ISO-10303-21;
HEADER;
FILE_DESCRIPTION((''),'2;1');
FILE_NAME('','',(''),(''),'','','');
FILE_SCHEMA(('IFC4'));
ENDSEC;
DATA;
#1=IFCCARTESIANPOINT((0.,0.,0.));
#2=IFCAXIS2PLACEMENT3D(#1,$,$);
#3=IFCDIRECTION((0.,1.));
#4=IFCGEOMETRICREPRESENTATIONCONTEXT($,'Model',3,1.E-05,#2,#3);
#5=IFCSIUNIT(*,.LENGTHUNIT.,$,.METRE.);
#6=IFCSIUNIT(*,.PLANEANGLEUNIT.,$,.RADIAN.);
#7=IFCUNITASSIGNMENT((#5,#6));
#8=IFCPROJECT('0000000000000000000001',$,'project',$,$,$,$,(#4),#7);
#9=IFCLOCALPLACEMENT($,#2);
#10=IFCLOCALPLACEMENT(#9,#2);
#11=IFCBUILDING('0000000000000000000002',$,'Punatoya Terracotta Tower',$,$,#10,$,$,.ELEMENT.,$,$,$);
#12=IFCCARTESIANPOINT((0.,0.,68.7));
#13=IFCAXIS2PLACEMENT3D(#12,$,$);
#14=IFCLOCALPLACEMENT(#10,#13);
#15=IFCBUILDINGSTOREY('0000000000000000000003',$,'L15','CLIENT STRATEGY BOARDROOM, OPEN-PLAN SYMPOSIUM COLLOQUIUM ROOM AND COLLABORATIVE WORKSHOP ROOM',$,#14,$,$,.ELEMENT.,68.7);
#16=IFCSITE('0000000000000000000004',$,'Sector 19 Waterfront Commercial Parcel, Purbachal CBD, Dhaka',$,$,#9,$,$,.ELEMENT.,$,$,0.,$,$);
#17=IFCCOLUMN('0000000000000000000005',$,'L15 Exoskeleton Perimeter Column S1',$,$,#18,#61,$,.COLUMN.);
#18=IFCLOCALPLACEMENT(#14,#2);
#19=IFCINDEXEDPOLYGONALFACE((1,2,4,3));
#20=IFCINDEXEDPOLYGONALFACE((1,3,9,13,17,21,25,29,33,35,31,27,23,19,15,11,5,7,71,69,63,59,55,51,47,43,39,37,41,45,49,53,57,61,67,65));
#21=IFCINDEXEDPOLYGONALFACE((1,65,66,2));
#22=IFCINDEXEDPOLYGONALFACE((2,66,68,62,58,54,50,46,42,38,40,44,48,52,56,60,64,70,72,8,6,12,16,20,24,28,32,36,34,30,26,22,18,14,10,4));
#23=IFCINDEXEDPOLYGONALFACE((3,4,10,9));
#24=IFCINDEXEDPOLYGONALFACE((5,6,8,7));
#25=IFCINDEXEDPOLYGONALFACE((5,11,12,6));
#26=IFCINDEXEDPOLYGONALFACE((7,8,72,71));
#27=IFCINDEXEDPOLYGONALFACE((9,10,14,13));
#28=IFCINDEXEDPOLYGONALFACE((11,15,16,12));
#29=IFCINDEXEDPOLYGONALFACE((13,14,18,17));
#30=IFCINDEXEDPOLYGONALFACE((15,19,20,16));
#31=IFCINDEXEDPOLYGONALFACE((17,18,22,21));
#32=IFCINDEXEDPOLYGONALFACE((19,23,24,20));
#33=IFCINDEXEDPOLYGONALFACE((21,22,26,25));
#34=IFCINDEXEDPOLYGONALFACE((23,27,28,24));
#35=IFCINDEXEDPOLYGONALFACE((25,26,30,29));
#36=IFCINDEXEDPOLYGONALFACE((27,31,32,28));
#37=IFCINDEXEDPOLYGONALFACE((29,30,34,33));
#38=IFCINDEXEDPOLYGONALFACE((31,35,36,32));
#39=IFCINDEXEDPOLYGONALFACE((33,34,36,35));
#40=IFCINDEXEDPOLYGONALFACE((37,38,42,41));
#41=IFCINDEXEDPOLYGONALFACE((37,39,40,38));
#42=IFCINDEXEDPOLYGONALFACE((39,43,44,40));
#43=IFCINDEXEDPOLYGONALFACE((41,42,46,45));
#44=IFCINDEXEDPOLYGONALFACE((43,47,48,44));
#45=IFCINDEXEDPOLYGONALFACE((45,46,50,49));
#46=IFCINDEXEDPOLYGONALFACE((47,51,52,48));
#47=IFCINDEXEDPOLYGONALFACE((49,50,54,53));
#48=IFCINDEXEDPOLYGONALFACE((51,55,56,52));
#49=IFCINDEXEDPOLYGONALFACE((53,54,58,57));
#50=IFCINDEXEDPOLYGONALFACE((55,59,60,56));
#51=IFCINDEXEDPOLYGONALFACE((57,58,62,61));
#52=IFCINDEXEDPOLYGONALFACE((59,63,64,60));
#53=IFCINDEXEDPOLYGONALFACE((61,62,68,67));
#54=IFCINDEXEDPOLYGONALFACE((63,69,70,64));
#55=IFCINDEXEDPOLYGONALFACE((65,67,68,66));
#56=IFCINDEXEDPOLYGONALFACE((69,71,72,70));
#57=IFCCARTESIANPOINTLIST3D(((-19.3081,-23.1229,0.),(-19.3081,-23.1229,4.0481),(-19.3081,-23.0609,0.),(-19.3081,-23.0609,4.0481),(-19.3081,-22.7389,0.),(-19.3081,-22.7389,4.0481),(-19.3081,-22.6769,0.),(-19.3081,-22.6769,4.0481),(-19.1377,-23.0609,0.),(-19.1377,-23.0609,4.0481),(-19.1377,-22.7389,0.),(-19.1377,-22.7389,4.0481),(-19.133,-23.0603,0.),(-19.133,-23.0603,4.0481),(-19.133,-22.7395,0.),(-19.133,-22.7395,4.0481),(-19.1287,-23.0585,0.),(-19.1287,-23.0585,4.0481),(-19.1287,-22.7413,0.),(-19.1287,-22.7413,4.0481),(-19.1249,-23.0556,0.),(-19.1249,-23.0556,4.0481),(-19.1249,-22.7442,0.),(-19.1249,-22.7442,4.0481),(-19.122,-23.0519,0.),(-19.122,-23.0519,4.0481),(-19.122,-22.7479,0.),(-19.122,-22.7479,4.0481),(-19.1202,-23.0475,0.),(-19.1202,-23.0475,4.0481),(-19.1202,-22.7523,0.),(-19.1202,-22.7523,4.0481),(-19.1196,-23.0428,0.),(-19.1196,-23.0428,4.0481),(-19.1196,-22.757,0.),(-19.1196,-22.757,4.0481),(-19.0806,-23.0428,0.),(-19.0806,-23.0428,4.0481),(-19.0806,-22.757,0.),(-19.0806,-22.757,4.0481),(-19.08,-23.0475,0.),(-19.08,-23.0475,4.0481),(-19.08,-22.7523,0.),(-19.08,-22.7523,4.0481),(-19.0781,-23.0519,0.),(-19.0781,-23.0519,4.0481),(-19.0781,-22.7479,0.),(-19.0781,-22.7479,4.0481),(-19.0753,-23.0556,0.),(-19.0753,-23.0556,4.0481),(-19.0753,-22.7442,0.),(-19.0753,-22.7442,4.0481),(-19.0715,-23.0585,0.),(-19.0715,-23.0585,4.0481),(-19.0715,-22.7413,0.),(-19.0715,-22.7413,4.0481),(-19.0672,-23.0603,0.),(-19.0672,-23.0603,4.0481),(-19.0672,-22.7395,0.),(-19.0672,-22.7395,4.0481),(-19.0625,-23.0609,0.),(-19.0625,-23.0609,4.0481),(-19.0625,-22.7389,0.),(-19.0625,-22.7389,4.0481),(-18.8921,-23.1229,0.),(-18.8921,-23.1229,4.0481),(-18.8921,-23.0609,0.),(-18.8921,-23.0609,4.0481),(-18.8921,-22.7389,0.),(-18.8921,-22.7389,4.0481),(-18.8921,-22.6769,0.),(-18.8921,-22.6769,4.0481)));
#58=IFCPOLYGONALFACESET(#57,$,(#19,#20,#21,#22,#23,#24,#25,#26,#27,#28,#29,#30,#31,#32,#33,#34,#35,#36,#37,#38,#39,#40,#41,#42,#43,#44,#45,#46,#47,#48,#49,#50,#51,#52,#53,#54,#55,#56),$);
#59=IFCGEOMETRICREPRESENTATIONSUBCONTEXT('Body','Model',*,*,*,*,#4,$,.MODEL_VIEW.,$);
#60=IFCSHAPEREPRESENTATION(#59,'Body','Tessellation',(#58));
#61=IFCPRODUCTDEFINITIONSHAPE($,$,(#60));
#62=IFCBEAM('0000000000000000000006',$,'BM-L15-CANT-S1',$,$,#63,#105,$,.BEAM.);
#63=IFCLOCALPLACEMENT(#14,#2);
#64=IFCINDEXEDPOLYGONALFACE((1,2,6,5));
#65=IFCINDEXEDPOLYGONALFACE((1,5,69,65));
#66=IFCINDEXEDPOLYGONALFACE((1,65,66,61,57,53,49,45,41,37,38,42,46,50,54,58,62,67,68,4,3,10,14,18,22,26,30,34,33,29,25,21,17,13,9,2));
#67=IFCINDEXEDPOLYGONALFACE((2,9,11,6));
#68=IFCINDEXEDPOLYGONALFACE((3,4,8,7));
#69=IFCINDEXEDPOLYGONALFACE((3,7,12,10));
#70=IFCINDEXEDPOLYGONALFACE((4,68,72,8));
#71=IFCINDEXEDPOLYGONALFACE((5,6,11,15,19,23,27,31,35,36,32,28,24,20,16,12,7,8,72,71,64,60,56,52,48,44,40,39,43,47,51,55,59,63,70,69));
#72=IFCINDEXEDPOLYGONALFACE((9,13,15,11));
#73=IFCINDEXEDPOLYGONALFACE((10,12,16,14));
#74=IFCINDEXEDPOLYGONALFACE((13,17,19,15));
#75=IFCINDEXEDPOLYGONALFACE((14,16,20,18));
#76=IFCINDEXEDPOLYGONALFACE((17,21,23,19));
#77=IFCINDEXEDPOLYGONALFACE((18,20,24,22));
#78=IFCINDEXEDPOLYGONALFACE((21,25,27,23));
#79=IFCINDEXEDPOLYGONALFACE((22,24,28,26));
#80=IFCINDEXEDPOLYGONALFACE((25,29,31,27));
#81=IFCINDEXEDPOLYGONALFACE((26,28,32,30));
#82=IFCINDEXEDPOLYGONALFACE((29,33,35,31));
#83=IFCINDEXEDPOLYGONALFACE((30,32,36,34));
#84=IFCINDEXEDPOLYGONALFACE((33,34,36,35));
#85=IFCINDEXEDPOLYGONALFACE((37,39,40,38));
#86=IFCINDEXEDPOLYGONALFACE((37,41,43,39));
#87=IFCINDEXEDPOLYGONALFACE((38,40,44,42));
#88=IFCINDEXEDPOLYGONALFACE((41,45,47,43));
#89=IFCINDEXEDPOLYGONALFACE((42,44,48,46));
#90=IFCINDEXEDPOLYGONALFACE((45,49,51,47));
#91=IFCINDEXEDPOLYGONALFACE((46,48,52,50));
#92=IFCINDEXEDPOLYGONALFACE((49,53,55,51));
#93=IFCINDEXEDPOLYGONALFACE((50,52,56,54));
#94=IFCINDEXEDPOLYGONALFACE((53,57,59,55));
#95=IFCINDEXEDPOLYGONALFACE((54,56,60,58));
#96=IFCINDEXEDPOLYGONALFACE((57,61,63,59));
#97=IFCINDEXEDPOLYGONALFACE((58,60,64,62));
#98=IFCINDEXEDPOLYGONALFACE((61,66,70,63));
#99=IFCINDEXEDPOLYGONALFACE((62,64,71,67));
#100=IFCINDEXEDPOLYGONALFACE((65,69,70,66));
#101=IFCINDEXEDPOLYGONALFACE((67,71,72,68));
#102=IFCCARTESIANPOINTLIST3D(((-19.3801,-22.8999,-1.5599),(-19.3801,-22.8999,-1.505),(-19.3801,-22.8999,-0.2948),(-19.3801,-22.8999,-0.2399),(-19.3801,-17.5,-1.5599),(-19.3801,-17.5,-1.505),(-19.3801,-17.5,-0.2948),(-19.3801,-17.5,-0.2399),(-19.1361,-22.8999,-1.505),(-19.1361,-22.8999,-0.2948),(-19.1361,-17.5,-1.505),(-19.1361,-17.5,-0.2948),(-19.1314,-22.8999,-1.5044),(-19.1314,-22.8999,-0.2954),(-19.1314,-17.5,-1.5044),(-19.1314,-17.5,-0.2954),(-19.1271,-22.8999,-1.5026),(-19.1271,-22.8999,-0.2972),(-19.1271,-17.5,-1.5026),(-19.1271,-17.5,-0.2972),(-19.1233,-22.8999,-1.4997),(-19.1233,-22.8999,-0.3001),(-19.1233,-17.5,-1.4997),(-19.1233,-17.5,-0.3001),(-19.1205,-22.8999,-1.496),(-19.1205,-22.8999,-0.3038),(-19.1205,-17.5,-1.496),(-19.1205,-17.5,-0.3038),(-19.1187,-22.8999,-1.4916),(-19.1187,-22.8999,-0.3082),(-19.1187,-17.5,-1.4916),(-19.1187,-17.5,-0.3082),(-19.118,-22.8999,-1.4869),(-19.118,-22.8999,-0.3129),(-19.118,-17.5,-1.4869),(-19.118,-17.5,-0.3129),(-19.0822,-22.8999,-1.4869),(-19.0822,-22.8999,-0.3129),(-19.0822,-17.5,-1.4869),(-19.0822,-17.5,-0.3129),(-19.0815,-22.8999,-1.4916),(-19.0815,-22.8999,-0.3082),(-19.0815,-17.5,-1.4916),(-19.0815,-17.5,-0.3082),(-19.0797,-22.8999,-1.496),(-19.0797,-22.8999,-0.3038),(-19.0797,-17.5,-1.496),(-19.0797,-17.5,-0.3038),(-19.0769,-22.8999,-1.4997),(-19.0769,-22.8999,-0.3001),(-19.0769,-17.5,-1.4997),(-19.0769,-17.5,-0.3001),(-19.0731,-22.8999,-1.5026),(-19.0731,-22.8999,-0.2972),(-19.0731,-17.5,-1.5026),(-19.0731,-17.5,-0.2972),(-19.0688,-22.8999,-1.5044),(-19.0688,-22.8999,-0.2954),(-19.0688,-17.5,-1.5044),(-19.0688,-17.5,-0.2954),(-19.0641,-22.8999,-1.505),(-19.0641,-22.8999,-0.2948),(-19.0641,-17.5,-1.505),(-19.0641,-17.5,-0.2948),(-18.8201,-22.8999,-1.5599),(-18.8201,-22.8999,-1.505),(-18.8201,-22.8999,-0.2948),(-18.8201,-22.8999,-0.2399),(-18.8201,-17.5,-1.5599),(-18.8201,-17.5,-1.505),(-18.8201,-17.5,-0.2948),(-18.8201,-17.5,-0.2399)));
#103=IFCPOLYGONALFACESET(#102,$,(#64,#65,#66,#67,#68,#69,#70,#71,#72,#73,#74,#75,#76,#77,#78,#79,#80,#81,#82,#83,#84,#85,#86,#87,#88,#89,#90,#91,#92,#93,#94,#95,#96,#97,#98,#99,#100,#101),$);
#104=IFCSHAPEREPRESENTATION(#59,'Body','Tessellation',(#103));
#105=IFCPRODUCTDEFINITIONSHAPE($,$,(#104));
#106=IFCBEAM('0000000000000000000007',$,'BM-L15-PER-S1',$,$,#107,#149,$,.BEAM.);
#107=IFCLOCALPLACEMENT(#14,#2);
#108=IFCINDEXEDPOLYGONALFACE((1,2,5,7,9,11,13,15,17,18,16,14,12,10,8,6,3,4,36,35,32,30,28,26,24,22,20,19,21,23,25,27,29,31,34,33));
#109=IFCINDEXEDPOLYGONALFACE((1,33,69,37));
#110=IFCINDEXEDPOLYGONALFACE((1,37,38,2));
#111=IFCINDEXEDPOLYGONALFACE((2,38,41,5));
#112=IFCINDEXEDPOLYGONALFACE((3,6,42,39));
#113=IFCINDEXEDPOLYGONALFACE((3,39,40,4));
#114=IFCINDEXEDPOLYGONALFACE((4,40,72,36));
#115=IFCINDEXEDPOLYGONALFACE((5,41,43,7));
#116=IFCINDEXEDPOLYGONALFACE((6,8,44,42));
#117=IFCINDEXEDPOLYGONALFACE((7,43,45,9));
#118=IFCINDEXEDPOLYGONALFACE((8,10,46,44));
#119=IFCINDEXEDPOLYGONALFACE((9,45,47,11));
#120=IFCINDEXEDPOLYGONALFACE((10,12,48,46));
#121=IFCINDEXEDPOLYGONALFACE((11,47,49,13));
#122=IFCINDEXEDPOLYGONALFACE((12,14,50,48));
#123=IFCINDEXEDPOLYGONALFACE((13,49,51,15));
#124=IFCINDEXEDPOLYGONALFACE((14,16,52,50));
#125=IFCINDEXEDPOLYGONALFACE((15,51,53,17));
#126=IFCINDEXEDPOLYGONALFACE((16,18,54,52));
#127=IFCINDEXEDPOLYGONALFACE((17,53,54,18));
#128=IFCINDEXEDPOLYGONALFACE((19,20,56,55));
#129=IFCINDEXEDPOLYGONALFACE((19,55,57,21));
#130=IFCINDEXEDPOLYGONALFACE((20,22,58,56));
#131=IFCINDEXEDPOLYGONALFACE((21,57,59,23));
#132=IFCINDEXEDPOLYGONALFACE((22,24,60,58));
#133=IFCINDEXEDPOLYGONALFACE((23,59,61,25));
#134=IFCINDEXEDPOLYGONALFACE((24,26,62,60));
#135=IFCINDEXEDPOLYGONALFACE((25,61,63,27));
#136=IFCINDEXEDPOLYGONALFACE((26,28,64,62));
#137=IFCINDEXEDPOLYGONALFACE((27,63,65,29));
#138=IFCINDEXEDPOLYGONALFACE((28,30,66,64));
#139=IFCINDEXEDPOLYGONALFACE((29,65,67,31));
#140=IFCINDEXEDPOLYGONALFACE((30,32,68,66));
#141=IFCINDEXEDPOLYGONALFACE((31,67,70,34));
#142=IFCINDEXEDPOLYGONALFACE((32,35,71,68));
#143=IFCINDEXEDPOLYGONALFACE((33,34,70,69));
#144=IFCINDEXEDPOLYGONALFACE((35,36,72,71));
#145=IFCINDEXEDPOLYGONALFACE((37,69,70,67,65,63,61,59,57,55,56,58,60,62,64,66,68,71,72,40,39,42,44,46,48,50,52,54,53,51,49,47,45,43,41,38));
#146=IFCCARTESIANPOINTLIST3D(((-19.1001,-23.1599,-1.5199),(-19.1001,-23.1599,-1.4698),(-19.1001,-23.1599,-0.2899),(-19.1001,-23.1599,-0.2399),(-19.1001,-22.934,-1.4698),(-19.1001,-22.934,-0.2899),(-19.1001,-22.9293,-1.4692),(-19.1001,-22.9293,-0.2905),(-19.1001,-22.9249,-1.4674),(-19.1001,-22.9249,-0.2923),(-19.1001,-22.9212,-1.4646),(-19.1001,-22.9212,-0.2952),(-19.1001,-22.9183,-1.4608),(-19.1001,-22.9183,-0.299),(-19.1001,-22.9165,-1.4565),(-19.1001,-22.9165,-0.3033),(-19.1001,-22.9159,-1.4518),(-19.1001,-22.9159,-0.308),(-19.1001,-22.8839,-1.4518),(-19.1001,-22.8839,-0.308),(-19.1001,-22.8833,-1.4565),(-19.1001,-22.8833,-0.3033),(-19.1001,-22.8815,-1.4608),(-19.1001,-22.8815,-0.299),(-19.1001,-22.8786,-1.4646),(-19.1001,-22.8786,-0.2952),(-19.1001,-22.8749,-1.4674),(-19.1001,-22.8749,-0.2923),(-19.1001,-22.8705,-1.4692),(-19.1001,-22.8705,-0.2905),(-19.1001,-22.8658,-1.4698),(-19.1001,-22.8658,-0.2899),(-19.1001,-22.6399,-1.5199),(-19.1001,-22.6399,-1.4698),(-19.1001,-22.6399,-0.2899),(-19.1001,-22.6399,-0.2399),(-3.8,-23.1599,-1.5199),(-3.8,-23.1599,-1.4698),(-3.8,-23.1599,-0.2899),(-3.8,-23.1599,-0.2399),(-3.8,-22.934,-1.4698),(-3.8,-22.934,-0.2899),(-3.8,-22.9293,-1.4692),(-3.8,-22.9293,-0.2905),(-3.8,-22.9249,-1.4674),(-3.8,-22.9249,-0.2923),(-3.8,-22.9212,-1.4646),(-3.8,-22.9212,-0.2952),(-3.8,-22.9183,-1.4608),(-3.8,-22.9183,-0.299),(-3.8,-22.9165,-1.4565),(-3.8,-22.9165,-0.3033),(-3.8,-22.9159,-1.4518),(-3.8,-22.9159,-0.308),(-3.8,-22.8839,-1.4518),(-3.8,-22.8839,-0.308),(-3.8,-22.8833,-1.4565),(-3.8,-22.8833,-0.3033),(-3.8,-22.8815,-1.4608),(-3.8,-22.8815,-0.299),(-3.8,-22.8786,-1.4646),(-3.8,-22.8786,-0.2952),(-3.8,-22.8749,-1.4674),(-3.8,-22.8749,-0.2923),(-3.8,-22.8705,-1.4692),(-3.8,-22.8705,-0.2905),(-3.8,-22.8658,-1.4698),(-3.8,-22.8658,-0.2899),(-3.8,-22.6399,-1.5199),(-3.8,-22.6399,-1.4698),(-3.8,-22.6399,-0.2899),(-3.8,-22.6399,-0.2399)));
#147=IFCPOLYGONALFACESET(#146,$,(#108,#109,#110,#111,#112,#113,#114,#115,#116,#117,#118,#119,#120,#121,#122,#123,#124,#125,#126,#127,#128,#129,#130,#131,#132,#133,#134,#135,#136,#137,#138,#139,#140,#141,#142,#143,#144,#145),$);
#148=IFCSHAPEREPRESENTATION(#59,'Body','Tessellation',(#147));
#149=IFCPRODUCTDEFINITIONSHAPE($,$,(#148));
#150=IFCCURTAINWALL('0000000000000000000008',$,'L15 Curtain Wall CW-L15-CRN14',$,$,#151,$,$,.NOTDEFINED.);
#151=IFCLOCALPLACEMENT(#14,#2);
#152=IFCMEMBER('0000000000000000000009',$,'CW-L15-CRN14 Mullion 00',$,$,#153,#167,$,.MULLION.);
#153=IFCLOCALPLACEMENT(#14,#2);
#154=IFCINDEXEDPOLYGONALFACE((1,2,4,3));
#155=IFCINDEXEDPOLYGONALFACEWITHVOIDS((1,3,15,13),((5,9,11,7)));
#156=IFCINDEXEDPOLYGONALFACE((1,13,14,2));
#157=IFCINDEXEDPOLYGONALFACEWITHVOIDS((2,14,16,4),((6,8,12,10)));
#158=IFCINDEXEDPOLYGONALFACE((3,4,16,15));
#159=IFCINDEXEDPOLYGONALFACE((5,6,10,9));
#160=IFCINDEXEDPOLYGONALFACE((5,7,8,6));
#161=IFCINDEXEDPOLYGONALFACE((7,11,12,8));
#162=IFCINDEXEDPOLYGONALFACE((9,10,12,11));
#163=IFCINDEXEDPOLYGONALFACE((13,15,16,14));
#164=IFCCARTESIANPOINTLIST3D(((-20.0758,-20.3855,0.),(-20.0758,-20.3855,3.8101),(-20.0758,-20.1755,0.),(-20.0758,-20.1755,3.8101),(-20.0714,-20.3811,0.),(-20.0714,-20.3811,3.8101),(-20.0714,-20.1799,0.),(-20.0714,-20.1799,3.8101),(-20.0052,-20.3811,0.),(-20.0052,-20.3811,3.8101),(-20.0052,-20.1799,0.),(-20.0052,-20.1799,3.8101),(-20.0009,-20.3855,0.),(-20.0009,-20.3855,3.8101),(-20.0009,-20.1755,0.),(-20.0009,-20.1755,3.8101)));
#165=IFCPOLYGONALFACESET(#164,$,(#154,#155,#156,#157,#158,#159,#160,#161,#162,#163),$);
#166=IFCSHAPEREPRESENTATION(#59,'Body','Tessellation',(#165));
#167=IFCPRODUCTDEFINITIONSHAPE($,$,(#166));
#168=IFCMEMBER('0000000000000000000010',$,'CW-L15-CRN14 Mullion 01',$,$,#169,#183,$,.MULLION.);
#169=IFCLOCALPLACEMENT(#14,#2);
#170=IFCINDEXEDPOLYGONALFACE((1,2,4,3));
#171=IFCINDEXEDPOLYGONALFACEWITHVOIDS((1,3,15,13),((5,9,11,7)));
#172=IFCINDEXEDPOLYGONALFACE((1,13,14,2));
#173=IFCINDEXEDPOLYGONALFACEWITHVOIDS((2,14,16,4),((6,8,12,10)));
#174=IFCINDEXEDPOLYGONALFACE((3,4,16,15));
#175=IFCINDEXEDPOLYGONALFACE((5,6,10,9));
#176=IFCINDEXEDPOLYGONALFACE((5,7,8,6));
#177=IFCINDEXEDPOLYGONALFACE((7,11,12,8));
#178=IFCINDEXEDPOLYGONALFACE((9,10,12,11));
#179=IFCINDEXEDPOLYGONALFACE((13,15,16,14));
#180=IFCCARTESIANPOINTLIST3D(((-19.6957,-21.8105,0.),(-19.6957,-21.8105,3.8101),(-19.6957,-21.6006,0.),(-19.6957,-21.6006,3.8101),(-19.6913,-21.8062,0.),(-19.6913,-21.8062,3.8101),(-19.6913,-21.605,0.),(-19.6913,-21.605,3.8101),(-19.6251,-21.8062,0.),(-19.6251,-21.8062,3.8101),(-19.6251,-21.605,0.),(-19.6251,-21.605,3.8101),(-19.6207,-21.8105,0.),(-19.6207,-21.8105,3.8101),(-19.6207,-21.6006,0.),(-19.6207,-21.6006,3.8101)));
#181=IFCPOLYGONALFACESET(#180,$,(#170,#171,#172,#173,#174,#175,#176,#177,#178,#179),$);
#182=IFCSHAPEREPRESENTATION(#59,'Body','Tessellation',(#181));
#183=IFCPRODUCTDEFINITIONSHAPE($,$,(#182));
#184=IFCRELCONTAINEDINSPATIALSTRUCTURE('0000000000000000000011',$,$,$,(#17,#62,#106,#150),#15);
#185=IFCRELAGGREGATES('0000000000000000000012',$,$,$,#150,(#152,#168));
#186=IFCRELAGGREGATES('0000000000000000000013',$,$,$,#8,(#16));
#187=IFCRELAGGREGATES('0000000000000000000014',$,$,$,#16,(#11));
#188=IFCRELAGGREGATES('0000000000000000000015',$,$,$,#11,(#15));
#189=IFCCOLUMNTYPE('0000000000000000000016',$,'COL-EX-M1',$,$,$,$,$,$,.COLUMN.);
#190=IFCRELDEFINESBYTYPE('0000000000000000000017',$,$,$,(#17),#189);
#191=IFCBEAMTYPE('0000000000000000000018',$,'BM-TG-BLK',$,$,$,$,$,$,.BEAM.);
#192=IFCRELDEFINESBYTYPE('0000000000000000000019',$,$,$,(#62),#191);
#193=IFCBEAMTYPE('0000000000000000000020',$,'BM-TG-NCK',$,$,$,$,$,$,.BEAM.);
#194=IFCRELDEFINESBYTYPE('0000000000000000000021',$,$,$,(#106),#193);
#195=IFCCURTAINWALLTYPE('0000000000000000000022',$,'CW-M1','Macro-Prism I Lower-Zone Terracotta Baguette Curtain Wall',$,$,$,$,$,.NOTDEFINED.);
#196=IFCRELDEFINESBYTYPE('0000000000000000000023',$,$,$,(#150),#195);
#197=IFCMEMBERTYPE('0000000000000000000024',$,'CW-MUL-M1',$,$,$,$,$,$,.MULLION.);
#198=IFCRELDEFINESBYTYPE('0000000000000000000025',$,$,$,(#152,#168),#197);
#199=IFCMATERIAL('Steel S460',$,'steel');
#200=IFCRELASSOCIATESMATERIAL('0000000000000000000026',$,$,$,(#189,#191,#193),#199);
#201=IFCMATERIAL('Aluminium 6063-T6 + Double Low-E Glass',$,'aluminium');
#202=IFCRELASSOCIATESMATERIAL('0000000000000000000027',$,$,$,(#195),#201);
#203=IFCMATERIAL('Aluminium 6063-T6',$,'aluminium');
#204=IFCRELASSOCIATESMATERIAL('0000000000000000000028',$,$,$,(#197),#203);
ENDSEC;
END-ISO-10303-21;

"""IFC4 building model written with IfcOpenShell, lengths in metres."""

from ifc_helpers import new_model, si_unit, direction, frame, origin, origin_2d, place, context, subcontext, project, spatial, hollow_rectangle, i_section, extrude, material, material_profile, profile_set, type_object, element, aggregate, save


model = new_model("IFC4")

# Units and contexts
model_context = context("Model", 3, precision=1e-05, world=origin(), true_north=direction((0.0, 1.0)))
body_context = subcontext(model_context, "Body", "Model", "MODEL_VIEW")
ifc_project = project(units=[si_unit("LENGTHUNIT", "METRE"), si_unit("PLANEANGLEUNIT", "RADIAN")], contexts=[model_context])

# Site, building, storey
site_placement = place(None, origin())
site = spatial("IfcSite", under=ifc_project, at=site_placement, Name="Sector 19 Waterfront Commercial Parcel, Purbachal CBD, Dhaka", CompositionType="ELEMENT", RefElevation=0.0)
building_placement = place(site_placement, origin())
building = spatial("IfcBuilding", under=site, at=building_placement, Name="Punatoya Terracotta Tower", CompositionType="ELEMENT")
storey_placement = place(building_placement, frame((0.0, 0.0, 68.7)))
storey = spatial("IfcBuildingStorey", under=building, at=storey_placement, Name="L15", Description="CLIENT STRATEGY BOARDROOM, OPEN-PLAN SYMPOSIUM COLLOQUIUM ROOM AND COLLABORATIVE WORKSHOP ROOM", CompositionType="ELEMENT", Elevation=68.7)

# Column
ifc_material_1 = material(Name="Steel S460", Category="steel")
ifc_material_profile_1 = material_profile(ifc_material_1, i_section(OverallWidth=0.416, OverallDepth=0.446, WebThickness=0.0391, FlangeThickness=0.062, FilletRadius=0.0181, at=origin_2d()))
ifc_profile_set_1 = profile_set([ifc_material_profile_1], Name="Steel S460")
column_type = type_object("IfcColumnType", Name="COL-EX-M1", PredefinedType="COLUMN", material=ifc_profile_set_1)
column_placement = place(storey_placement, frame((-19.1001, -22.8999, 0.0), z_axis=(0.0, 0.0, 1.0), x_axis=(1.0, 0.0, 0.0)))
element("IfcColumn", 1, at=column_placement, inside=storey, type_object=column_type, Name="L15 Exoskeleton Perimeter Column S1", PredefinedType="COLUMN", context=body_context, shape_type="SweptSolid", body=[
    extrude(i_section(OverallWidth=0.416, OverallDepth=0.446, WebThickness=0.0391, FlangeThickness=0.062, FilletRadius=0.0181, at=origin_2d()), origin(), (0.0, 0.0, 1.0), 4.0481),
])

# Beams
ifc_material_profile_2 = material_profile(ifc_material_1, i_section(OverallWidth=0.5601, OverallDepth=1.3201, WebThickness=0.0359, FlangeThickness=0.0549, FilletRadius=0.0181, at=origin_2d()))
ifc_profile_set_2 = profile_set([ifc_material_profile_2], Name="Steel S460")
beam_type_1 = type_object("IfcBeamType", Name="BM-TG-BLK", PredefinedType="BEAM", material=ifc_profile_set_2)
beam_1_placement = place(storey_placement, frame((-19.1001, -22.8999, -0.8999), z_axis=(0.0, 1.0, 0.0), x_axis=(-1.0, 0.0, 0.0)))
element("IfcBeam", 2, at=beam_1_placement, inside=storey, type_object=beam_type_1, Name="BM-L15-CANT-S1", PredefinedType="BEAM", context=body_context, shape_type="SweptSolid", body=[
    extrude(i_section(OverallWidth=0.5601, OverallDepth=1.3201, WebThickness=0.0359, FlangeThickness=0.0549, FilletRadius=0.0181, at=origin_2d()), origin(), (0.0, 0.0, 1.0), 5.3999),
])
ifc_material_profile_3 = material_profile(ifc_material_1, i_section(OverallWidth=0.52, OverallDepth=1.28, WebThickness=0.032, FlangeThickness=0.05, FilletRadius=0.0181, at=origin_2d()))
ifc_profile_set_3 = profile_set([ifc_material_profile_3], Name="Steel S460")
beam_type_2 = type_object("IfcBeamType", Name="BM-TG-NCK", PredefinedType="BEAM", material=ifc_profile_set_3)
beam_2_placement = place(storey_placement, frame((-19.1001, -22.8999, -0.8799), z_axis=(1.0, 0.0, 0.0), x_axis=(0.0, 1.0, 0.0)))
element("IfcBeam", 3, at=beam_2_placement, inside=storey, type_object=beam_type_2, Name="BM-L15-PER-S1", PredefinedType="BEAM", context=body_context, shape_type="SweptSolid", body=[
    extrude(i_section(OverallWidth=0.52, OverallDepth=1.28, WebThickness=0.032, FlangeThickness=0.05, FilletRadius=0.0181, at=origin_2d()), origin(), (0.0, 0.0, 1.0), 15.3),
])

# Curtain wall, members
ifc_material_2 = material(Name="Aluminium 6063-T6 + Double Low-E Glass", Category="aluminium")
curtain_wall_type = type_object("IfcCurtainWallType", Name="CW-M1", Description="Macro-Prism I Lower-Zone Terracotta Baguette Curtain Wall", PredefinedType="NOTDEFINED", material=ifc_material_2)
curtain_wall_1_placement = place(storey_placement, origin())
curtain_wall_1 = element("IfcCurtainWall", 4, at=curtain_wall_1_placement, inside=storey, type_object=curtain_wall_type, Name="L15 Curtain Wall CW-L15-CRN14", PredefinedType="NOTDEFINED")
ifc_material_3 = material(Name="Aluminium 6063-T6", Category="aluminium")
ifc_material_profile_4 = material_profile(ifc_material_3, hollow_rectangle(XDim=0.075, YDim=0.21, WallThickness=0.0044, at=origin_2d()))
ifc_profile_set_4 = profile_set([ifc_material_profile_4], Name="Aluminium 6063-T6")
member_type_1 = type_object("IfcMemberType", Name="CW-MUL-M1", PredefinedType="MULLION", material=ifc_profile_set_4)
member_1_placement = place(storey_placement, frame((-20.0383, -20.2805, 0.0), z_axis=(0.0, 0.0, 1.0), x_axis=(1.0, 0.0, 0.0)))
member_1 = element("IfcMember", 5, at=member_1_placement, type_object=member_type_1, Name="CW-L15-CRN14 Mullion 00", PredefinedType="MULLION", context=body_context, shape_type="SweptSolid", body=[
    extrude(hollow_rectangle(XDim=0.075, YDim=0.21, WallThickness=0.0044, at=origin_2d()), origin(), (0.0, 0.0, 1.0), 3.8101),
])
member_2_placement = place(storey_placement, frame((-19.6582, -21.7056, 0.0), z_axis=(0.0, 0.0, 1.0), x_axis=(1.0, 0.0, 0.0)))
member_2 = element("IfcMember", 6, at=member_2_placement, type_object=member_type_1, Name="CW-L15-CRN14 Mullion 01", PredefinedType="MULLION", context=body_context, shape_type="SweptSolid", body=[
    extrude(hollow_rectangle(XDim=0.075, YDim=0.21, WallThickness=0.0044, at=origin_2d()), origin(), (0.0, 0.0, 1.0), 3.8101),
])

aggregate(curtain_wall_1, [member_1, member_2])

save(model, "model.ifc")
